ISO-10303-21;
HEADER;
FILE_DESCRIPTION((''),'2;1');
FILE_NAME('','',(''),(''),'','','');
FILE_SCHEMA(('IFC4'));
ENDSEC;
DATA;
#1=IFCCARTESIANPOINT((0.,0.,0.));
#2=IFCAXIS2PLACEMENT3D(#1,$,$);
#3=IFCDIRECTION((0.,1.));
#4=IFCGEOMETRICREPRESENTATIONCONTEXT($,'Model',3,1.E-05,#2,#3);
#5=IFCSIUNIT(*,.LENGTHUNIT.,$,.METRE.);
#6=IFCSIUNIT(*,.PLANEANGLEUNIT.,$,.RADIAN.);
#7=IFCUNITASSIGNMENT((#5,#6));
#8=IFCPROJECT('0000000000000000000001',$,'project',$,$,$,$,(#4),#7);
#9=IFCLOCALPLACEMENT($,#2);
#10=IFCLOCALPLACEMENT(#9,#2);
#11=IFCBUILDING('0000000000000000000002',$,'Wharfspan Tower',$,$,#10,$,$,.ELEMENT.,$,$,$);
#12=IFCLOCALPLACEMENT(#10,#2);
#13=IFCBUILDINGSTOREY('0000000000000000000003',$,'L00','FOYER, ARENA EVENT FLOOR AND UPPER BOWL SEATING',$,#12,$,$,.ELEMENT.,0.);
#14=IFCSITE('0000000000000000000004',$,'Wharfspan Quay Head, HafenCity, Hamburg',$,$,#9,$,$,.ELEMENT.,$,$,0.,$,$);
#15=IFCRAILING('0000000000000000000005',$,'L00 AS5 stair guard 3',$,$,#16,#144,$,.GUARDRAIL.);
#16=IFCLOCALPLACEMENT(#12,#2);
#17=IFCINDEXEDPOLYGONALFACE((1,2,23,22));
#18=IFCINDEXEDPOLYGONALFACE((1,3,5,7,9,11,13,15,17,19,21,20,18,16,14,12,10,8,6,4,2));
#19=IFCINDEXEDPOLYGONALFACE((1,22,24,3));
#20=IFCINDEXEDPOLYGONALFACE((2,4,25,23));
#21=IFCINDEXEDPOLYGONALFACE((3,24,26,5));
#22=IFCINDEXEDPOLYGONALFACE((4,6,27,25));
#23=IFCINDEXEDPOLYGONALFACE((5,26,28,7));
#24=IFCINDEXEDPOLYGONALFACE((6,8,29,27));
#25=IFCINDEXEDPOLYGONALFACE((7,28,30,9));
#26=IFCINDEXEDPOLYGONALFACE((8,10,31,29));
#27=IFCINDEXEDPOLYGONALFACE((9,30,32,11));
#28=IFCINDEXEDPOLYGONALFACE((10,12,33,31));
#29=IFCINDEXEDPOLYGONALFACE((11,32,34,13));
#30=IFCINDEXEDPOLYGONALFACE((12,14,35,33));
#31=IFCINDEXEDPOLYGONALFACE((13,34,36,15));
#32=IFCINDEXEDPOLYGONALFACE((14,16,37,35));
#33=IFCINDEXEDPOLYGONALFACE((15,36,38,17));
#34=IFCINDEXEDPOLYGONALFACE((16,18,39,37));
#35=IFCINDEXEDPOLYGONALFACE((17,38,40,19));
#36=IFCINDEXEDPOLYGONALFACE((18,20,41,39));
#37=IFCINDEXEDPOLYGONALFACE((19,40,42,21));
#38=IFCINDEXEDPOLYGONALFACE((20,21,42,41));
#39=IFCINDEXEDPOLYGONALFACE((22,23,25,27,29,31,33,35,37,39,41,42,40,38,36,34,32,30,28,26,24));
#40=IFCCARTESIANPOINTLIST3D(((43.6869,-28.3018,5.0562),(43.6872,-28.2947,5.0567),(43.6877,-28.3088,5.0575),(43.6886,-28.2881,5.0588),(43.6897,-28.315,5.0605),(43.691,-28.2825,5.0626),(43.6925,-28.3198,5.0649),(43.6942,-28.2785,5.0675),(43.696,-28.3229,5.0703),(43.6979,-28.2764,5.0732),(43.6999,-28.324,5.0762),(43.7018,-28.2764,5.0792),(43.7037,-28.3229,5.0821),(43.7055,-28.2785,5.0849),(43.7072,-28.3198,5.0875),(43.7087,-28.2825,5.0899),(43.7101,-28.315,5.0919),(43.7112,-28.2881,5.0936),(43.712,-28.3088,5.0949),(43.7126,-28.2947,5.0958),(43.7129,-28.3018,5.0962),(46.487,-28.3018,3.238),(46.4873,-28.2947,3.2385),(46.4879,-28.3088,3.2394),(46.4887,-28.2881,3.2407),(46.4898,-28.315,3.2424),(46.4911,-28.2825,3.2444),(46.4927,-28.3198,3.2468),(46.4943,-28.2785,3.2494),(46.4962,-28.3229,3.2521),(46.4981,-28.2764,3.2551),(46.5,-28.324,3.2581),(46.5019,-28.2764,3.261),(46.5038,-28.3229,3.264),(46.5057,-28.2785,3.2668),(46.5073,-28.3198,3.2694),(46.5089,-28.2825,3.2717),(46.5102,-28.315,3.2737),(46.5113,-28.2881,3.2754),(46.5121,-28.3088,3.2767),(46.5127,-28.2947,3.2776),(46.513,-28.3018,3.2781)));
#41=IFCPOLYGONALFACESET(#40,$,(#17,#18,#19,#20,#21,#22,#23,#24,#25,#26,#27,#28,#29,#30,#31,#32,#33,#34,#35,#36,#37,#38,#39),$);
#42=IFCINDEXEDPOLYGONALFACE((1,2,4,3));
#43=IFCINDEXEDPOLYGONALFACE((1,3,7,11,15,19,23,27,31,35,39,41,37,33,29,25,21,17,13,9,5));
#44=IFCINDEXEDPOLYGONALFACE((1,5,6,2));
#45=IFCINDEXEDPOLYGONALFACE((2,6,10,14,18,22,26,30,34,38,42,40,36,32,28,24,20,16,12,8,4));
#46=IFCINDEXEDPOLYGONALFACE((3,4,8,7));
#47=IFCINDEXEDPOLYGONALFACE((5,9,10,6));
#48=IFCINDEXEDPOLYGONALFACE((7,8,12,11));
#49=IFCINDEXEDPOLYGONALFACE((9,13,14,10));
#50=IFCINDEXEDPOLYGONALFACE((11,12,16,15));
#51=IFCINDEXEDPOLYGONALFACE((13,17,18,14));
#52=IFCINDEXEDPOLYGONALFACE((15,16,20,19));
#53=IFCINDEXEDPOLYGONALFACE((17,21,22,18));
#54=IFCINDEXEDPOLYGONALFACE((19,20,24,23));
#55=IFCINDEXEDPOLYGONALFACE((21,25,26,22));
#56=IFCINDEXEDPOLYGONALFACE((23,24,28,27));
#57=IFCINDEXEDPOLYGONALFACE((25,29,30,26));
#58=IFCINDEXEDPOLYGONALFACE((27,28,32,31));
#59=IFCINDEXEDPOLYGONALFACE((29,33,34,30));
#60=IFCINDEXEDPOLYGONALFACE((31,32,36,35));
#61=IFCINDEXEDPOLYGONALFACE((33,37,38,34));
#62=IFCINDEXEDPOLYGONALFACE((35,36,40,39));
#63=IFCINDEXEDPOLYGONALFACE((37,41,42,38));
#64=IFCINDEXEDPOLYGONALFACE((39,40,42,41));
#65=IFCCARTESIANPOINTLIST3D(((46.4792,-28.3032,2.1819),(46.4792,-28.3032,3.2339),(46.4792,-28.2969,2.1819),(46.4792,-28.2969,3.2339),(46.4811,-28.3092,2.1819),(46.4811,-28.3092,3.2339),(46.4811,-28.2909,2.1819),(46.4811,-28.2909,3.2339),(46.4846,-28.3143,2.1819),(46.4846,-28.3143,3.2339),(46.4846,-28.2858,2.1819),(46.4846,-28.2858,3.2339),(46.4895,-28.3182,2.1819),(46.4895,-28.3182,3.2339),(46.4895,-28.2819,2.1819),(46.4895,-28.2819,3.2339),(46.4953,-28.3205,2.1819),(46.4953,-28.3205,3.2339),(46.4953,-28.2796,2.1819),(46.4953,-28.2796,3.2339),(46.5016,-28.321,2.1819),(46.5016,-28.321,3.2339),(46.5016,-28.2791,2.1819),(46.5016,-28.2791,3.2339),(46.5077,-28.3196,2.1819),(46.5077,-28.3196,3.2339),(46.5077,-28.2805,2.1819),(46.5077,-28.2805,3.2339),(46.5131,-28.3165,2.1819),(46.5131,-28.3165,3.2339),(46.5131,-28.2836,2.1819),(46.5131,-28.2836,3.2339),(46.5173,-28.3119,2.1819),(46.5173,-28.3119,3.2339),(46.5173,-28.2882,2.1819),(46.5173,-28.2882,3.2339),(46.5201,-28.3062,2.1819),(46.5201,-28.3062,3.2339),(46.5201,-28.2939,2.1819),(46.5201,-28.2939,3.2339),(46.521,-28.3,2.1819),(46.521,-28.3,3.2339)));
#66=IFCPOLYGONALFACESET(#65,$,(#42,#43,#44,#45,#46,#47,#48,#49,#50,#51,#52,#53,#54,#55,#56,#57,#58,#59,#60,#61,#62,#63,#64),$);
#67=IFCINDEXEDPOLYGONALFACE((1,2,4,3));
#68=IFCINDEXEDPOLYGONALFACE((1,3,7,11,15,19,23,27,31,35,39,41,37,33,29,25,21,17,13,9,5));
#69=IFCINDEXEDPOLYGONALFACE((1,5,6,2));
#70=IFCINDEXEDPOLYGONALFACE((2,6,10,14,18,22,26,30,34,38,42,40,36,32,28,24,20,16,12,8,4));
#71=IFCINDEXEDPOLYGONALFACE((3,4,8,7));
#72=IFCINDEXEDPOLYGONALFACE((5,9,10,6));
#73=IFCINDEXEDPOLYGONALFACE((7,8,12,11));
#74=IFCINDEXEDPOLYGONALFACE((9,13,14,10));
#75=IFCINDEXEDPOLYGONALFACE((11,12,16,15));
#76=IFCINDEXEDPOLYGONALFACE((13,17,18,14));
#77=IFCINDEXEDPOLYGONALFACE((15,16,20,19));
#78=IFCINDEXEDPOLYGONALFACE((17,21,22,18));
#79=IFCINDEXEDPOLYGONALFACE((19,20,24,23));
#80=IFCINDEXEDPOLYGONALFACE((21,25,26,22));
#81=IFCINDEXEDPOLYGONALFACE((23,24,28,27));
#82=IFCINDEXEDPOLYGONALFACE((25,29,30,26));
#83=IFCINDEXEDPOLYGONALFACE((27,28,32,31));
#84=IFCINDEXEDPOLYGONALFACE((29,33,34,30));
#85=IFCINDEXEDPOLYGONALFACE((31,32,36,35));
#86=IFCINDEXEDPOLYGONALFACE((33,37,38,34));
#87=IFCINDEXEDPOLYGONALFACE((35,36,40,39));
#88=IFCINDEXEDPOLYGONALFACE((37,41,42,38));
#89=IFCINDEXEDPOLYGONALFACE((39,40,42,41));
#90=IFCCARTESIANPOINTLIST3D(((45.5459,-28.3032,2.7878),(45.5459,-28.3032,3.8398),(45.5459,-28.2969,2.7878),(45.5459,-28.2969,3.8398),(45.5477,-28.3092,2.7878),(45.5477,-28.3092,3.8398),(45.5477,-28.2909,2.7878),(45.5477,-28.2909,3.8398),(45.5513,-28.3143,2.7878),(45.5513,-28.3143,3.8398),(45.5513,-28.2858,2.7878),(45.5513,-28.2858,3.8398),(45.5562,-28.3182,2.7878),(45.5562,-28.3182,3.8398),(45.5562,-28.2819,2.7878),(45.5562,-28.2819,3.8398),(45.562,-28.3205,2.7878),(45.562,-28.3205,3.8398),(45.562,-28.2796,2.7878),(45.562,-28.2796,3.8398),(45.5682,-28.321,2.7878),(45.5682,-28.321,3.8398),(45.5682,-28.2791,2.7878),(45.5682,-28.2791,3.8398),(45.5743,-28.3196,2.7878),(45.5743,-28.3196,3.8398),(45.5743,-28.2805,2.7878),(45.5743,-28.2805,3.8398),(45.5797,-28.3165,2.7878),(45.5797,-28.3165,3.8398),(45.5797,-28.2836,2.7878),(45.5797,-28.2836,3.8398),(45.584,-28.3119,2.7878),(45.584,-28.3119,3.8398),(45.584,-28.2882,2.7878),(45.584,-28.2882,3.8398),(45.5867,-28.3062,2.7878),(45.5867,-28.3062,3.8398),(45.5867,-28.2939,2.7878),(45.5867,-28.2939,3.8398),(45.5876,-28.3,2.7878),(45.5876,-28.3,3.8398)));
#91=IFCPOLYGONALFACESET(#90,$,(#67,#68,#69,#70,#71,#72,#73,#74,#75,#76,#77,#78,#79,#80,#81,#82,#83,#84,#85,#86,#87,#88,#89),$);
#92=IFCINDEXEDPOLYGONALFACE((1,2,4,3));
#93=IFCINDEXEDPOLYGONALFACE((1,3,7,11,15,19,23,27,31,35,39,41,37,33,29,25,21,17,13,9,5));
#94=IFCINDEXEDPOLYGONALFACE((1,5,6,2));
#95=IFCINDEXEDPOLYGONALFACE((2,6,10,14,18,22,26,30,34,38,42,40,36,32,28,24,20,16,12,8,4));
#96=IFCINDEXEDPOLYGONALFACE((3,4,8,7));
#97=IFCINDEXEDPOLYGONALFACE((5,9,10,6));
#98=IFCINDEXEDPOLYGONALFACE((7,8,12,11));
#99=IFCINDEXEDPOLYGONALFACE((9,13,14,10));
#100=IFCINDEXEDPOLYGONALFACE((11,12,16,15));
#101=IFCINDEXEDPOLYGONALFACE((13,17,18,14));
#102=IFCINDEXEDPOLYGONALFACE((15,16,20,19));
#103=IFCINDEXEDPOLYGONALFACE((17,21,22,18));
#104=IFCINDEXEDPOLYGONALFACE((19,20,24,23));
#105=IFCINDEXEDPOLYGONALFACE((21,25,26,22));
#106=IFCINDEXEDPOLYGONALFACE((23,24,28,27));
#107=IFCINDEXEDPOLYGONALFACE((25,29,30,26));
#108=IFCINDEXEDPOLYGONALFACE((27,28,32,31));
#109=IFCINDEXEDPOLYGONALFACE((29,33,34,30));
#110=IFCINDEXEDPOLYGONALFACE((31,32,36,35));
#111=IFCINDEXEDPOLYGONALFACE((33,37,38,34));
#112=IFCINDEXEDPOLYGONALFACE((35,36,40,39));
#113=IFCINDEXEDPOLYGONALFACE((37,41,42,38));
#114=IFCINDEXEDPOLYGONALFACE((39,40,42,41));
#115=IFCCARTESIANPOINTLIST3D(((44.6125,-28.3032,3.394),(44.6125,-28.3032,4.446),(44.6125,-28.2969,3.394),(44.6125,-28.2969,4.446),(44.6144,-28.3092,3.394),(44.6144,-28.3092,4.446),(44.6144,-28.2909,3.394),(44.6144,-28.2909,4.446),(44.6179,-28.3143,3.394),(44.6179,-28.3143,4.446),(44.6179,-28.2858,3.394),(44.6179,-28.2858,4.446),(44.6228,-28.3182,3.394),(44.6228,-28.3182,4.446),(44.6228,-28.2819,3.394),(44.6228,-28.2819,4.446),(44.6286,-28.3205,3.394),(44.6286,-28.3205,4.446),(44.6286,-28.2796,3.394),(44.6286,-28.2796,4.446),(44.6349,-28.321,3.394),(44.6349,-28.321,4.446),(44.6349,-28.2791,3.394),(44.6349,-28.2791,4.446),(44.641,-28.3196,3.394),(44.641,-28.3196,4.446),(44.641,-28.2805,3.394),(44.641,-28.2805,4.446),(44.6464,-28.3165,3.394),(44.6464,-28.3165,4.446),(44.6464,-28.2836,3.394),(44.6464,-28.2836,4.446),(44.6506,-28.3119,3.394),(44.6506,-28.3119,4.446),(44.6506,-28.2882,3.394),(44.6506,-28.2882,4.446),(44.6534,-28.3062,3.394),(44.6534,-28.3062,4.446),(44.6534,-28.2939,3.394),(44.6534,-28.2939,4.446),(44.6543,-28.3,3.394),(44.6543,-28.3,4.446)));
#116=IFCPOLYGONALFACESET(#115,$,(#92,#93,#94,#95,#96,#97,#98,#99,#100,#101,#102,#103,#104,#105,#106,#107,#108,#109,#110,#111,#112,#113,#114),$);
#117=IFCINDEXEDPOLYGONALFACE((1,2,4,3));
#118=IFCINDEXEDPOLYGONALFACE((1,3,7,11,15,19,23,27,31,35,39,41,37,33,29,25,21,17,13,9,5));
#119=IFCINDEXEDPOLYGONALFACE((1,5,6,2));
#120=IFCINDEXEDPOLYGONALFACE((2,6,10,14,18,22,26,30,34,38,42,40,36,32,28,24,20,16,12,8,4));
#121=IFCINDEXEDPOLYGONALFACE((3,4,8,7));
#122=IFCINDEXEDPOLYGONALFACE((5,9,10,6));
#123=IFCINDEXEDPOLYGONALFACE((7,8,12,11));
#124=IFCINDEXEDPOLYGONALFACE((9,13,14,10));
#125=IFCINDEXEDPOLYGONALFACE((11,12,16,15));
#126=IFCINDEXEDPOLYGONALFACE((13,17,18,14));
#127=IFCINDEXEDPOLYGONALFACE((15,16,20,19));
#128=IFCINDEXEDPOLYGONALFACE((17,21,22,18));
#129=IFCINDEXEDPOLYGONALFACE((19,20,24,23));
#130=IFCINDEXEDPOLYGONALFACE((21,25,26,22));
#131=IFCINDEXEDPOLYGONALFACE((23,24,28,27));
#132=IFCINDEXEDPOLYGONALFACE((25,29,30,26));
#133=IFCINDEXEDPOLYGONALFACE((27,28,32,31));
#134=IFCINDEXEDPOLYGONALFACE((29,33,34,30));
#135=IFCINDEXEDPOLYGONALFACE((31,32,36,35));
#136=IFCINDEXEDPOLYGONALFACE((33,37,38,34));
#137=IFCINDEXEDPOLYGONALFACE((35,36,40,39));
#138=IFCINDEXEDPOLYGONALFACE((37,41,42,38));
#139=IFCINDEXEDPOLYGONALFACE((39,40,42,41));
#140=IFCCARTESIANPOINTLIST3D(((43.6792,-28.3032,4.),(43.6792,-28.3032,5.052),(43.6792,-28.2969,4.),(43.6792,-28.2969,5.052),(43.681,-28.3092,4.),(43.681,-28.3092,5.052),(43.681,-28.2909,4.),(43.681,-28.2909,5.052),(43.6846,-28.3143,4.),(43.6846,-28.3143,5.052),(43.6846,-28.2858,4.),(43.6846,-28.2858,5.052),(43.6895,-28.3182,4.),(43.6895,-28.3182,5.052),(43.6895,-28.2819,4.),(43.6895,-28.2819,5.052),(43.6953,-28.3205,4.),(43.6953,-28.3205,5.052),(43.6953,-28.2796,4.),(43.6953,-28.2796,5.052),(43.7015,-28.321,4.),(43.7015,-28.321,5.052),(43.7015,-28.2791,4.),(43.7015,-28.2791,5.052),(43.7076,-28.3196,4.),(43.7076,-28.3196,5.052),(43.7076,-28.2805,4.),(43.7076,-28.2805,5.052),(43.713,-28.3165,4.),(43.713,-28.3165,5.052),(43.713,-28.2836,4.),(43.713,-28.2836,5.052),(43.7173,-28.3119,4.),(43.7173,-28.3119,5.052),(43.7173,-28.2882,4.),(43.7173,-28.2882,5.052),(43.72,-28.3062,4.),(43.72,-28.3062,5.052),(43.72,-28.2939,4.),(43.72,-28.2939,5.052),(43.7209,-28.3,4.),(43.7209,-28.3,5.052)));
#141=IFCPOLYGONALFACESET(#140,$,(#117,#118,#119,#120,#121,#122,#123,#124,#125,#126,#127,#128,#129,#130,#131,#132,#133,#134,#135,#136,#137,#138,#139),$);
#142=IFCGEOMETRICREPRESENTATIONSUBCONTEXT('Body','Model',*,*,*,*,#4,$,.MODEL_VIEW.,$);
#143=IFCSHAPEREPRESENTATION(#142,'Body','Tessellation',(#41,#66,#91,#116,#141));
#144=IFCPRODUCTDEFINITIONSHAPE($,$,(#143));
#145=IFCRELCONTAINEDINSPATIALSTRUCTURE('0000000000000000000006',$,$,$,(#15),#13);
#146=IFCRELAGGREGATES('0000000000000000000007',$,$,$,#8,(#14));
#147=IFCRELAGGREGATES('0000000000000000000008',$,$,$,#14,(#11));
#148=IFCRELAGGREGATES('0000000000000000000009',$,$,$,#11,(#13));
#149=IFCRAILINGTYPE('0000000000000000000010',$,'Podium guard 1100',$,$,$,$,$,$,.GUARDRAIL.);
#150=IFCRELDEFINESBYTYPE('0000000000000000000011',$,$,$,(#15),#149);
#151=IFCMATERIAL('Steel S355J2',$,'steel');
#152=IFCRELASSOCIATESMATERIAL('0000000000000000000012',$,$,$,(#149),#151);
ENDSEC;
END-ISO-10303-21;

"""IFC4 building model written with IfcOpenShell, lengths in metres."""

from ifc_helpers import new_model, si_unit, direction, frame, origin, origin_2d, place, context, subcontext, project, spatial, circle, extrude, material, type_object, element, save


model = new_model("IFC4")

# Units and contexts
model_context = context("Model", 3, precision=1e-05, world=origin(), true_north=direction((0.0, 1.0)))
body_context = subcontext(model_context, "Body", "Model", "MODEL_VIEW")
ifc_project = project(units=[si_unit("LENGTHUNIT", "METRE"), si_unit("PLANEANGLEUNIT", "RADIAN")], contexts=[model_context])

# Site, building, storey
site_placement = place(None, origin())
site = spatial("IfcSite", under=ifc_project, at=site_placement, Name="Wharfspan Quay Head, HafenCity, Hamburg", CompositionType="ELEMENT", RefElevation=0.0)
building_placement = place(site_placement, origin())
building = spatial("IfcBuilding", under=site, at=building_placement, Name="Wharfspan Tower", CompositionType="ELEMENT")
storey_placement = place(building_placement, origin())
storey = spatial("IfcBuildingStorey", under=building, at=storey_placement, Name="L00", Description="FOYER, ARENA EVENT FLOOR AND UPPER BOWL SEATING", CompositionType="ELEMENT", Elevation=0.0)

# Railing
ifc_material_1 = material(Name="Steel S355J2", Category="steel")
railing_type_1 = type_object("IfcRailingType", Name="Podium guard 1100", PredefinedType="GUARDRAIL", material=ifc_material_1)
railing_1_placement = place(storey_placement, frame((46.5, -28.3, 2.1819)))
element("IfcRailing", 1, at=railing_1_placement, inside=storey, type_object=railing_type_1, Name="L00 AS5 stair guard 3", PredefinedType="GUARDRAIL", context=body_context, shape_type="SweptSolid", body=[
    extrude(circle(Radius=0.0239, at=origin_2d()), frame((0.0, 0.0, 1.0762), z_axis=(-0.838706, 0.0, 0.544585), x_axis=(0.0, -1.0, 0.0)), (0.0, 0.0, 1.0), 3.3386),
    extrude(circle(Radius=0.021, at=origin_2d()), origin(), (0.0, 0.0, 1.0), 1.052),
    extrude(circle(Radius=0.021, at=origin_2d()), frame((-0.9334, 0.0, 0.606)), (0.0, 0.0, 1.0), 1.052),
    extrude(circle(Radius=0.021, at=origin_2d()), frame((-1.8667, 0.0, 1.2122)), (0.0, 0.0, 1.0), 1.052),
    extrude(circle(Radius=0.021, at=origin_2d()), frame((-2.8, 0.0, 1.8181)), (0.0, 0.0, 1.0), 1.052),
])

save(model, "model.ifc")
